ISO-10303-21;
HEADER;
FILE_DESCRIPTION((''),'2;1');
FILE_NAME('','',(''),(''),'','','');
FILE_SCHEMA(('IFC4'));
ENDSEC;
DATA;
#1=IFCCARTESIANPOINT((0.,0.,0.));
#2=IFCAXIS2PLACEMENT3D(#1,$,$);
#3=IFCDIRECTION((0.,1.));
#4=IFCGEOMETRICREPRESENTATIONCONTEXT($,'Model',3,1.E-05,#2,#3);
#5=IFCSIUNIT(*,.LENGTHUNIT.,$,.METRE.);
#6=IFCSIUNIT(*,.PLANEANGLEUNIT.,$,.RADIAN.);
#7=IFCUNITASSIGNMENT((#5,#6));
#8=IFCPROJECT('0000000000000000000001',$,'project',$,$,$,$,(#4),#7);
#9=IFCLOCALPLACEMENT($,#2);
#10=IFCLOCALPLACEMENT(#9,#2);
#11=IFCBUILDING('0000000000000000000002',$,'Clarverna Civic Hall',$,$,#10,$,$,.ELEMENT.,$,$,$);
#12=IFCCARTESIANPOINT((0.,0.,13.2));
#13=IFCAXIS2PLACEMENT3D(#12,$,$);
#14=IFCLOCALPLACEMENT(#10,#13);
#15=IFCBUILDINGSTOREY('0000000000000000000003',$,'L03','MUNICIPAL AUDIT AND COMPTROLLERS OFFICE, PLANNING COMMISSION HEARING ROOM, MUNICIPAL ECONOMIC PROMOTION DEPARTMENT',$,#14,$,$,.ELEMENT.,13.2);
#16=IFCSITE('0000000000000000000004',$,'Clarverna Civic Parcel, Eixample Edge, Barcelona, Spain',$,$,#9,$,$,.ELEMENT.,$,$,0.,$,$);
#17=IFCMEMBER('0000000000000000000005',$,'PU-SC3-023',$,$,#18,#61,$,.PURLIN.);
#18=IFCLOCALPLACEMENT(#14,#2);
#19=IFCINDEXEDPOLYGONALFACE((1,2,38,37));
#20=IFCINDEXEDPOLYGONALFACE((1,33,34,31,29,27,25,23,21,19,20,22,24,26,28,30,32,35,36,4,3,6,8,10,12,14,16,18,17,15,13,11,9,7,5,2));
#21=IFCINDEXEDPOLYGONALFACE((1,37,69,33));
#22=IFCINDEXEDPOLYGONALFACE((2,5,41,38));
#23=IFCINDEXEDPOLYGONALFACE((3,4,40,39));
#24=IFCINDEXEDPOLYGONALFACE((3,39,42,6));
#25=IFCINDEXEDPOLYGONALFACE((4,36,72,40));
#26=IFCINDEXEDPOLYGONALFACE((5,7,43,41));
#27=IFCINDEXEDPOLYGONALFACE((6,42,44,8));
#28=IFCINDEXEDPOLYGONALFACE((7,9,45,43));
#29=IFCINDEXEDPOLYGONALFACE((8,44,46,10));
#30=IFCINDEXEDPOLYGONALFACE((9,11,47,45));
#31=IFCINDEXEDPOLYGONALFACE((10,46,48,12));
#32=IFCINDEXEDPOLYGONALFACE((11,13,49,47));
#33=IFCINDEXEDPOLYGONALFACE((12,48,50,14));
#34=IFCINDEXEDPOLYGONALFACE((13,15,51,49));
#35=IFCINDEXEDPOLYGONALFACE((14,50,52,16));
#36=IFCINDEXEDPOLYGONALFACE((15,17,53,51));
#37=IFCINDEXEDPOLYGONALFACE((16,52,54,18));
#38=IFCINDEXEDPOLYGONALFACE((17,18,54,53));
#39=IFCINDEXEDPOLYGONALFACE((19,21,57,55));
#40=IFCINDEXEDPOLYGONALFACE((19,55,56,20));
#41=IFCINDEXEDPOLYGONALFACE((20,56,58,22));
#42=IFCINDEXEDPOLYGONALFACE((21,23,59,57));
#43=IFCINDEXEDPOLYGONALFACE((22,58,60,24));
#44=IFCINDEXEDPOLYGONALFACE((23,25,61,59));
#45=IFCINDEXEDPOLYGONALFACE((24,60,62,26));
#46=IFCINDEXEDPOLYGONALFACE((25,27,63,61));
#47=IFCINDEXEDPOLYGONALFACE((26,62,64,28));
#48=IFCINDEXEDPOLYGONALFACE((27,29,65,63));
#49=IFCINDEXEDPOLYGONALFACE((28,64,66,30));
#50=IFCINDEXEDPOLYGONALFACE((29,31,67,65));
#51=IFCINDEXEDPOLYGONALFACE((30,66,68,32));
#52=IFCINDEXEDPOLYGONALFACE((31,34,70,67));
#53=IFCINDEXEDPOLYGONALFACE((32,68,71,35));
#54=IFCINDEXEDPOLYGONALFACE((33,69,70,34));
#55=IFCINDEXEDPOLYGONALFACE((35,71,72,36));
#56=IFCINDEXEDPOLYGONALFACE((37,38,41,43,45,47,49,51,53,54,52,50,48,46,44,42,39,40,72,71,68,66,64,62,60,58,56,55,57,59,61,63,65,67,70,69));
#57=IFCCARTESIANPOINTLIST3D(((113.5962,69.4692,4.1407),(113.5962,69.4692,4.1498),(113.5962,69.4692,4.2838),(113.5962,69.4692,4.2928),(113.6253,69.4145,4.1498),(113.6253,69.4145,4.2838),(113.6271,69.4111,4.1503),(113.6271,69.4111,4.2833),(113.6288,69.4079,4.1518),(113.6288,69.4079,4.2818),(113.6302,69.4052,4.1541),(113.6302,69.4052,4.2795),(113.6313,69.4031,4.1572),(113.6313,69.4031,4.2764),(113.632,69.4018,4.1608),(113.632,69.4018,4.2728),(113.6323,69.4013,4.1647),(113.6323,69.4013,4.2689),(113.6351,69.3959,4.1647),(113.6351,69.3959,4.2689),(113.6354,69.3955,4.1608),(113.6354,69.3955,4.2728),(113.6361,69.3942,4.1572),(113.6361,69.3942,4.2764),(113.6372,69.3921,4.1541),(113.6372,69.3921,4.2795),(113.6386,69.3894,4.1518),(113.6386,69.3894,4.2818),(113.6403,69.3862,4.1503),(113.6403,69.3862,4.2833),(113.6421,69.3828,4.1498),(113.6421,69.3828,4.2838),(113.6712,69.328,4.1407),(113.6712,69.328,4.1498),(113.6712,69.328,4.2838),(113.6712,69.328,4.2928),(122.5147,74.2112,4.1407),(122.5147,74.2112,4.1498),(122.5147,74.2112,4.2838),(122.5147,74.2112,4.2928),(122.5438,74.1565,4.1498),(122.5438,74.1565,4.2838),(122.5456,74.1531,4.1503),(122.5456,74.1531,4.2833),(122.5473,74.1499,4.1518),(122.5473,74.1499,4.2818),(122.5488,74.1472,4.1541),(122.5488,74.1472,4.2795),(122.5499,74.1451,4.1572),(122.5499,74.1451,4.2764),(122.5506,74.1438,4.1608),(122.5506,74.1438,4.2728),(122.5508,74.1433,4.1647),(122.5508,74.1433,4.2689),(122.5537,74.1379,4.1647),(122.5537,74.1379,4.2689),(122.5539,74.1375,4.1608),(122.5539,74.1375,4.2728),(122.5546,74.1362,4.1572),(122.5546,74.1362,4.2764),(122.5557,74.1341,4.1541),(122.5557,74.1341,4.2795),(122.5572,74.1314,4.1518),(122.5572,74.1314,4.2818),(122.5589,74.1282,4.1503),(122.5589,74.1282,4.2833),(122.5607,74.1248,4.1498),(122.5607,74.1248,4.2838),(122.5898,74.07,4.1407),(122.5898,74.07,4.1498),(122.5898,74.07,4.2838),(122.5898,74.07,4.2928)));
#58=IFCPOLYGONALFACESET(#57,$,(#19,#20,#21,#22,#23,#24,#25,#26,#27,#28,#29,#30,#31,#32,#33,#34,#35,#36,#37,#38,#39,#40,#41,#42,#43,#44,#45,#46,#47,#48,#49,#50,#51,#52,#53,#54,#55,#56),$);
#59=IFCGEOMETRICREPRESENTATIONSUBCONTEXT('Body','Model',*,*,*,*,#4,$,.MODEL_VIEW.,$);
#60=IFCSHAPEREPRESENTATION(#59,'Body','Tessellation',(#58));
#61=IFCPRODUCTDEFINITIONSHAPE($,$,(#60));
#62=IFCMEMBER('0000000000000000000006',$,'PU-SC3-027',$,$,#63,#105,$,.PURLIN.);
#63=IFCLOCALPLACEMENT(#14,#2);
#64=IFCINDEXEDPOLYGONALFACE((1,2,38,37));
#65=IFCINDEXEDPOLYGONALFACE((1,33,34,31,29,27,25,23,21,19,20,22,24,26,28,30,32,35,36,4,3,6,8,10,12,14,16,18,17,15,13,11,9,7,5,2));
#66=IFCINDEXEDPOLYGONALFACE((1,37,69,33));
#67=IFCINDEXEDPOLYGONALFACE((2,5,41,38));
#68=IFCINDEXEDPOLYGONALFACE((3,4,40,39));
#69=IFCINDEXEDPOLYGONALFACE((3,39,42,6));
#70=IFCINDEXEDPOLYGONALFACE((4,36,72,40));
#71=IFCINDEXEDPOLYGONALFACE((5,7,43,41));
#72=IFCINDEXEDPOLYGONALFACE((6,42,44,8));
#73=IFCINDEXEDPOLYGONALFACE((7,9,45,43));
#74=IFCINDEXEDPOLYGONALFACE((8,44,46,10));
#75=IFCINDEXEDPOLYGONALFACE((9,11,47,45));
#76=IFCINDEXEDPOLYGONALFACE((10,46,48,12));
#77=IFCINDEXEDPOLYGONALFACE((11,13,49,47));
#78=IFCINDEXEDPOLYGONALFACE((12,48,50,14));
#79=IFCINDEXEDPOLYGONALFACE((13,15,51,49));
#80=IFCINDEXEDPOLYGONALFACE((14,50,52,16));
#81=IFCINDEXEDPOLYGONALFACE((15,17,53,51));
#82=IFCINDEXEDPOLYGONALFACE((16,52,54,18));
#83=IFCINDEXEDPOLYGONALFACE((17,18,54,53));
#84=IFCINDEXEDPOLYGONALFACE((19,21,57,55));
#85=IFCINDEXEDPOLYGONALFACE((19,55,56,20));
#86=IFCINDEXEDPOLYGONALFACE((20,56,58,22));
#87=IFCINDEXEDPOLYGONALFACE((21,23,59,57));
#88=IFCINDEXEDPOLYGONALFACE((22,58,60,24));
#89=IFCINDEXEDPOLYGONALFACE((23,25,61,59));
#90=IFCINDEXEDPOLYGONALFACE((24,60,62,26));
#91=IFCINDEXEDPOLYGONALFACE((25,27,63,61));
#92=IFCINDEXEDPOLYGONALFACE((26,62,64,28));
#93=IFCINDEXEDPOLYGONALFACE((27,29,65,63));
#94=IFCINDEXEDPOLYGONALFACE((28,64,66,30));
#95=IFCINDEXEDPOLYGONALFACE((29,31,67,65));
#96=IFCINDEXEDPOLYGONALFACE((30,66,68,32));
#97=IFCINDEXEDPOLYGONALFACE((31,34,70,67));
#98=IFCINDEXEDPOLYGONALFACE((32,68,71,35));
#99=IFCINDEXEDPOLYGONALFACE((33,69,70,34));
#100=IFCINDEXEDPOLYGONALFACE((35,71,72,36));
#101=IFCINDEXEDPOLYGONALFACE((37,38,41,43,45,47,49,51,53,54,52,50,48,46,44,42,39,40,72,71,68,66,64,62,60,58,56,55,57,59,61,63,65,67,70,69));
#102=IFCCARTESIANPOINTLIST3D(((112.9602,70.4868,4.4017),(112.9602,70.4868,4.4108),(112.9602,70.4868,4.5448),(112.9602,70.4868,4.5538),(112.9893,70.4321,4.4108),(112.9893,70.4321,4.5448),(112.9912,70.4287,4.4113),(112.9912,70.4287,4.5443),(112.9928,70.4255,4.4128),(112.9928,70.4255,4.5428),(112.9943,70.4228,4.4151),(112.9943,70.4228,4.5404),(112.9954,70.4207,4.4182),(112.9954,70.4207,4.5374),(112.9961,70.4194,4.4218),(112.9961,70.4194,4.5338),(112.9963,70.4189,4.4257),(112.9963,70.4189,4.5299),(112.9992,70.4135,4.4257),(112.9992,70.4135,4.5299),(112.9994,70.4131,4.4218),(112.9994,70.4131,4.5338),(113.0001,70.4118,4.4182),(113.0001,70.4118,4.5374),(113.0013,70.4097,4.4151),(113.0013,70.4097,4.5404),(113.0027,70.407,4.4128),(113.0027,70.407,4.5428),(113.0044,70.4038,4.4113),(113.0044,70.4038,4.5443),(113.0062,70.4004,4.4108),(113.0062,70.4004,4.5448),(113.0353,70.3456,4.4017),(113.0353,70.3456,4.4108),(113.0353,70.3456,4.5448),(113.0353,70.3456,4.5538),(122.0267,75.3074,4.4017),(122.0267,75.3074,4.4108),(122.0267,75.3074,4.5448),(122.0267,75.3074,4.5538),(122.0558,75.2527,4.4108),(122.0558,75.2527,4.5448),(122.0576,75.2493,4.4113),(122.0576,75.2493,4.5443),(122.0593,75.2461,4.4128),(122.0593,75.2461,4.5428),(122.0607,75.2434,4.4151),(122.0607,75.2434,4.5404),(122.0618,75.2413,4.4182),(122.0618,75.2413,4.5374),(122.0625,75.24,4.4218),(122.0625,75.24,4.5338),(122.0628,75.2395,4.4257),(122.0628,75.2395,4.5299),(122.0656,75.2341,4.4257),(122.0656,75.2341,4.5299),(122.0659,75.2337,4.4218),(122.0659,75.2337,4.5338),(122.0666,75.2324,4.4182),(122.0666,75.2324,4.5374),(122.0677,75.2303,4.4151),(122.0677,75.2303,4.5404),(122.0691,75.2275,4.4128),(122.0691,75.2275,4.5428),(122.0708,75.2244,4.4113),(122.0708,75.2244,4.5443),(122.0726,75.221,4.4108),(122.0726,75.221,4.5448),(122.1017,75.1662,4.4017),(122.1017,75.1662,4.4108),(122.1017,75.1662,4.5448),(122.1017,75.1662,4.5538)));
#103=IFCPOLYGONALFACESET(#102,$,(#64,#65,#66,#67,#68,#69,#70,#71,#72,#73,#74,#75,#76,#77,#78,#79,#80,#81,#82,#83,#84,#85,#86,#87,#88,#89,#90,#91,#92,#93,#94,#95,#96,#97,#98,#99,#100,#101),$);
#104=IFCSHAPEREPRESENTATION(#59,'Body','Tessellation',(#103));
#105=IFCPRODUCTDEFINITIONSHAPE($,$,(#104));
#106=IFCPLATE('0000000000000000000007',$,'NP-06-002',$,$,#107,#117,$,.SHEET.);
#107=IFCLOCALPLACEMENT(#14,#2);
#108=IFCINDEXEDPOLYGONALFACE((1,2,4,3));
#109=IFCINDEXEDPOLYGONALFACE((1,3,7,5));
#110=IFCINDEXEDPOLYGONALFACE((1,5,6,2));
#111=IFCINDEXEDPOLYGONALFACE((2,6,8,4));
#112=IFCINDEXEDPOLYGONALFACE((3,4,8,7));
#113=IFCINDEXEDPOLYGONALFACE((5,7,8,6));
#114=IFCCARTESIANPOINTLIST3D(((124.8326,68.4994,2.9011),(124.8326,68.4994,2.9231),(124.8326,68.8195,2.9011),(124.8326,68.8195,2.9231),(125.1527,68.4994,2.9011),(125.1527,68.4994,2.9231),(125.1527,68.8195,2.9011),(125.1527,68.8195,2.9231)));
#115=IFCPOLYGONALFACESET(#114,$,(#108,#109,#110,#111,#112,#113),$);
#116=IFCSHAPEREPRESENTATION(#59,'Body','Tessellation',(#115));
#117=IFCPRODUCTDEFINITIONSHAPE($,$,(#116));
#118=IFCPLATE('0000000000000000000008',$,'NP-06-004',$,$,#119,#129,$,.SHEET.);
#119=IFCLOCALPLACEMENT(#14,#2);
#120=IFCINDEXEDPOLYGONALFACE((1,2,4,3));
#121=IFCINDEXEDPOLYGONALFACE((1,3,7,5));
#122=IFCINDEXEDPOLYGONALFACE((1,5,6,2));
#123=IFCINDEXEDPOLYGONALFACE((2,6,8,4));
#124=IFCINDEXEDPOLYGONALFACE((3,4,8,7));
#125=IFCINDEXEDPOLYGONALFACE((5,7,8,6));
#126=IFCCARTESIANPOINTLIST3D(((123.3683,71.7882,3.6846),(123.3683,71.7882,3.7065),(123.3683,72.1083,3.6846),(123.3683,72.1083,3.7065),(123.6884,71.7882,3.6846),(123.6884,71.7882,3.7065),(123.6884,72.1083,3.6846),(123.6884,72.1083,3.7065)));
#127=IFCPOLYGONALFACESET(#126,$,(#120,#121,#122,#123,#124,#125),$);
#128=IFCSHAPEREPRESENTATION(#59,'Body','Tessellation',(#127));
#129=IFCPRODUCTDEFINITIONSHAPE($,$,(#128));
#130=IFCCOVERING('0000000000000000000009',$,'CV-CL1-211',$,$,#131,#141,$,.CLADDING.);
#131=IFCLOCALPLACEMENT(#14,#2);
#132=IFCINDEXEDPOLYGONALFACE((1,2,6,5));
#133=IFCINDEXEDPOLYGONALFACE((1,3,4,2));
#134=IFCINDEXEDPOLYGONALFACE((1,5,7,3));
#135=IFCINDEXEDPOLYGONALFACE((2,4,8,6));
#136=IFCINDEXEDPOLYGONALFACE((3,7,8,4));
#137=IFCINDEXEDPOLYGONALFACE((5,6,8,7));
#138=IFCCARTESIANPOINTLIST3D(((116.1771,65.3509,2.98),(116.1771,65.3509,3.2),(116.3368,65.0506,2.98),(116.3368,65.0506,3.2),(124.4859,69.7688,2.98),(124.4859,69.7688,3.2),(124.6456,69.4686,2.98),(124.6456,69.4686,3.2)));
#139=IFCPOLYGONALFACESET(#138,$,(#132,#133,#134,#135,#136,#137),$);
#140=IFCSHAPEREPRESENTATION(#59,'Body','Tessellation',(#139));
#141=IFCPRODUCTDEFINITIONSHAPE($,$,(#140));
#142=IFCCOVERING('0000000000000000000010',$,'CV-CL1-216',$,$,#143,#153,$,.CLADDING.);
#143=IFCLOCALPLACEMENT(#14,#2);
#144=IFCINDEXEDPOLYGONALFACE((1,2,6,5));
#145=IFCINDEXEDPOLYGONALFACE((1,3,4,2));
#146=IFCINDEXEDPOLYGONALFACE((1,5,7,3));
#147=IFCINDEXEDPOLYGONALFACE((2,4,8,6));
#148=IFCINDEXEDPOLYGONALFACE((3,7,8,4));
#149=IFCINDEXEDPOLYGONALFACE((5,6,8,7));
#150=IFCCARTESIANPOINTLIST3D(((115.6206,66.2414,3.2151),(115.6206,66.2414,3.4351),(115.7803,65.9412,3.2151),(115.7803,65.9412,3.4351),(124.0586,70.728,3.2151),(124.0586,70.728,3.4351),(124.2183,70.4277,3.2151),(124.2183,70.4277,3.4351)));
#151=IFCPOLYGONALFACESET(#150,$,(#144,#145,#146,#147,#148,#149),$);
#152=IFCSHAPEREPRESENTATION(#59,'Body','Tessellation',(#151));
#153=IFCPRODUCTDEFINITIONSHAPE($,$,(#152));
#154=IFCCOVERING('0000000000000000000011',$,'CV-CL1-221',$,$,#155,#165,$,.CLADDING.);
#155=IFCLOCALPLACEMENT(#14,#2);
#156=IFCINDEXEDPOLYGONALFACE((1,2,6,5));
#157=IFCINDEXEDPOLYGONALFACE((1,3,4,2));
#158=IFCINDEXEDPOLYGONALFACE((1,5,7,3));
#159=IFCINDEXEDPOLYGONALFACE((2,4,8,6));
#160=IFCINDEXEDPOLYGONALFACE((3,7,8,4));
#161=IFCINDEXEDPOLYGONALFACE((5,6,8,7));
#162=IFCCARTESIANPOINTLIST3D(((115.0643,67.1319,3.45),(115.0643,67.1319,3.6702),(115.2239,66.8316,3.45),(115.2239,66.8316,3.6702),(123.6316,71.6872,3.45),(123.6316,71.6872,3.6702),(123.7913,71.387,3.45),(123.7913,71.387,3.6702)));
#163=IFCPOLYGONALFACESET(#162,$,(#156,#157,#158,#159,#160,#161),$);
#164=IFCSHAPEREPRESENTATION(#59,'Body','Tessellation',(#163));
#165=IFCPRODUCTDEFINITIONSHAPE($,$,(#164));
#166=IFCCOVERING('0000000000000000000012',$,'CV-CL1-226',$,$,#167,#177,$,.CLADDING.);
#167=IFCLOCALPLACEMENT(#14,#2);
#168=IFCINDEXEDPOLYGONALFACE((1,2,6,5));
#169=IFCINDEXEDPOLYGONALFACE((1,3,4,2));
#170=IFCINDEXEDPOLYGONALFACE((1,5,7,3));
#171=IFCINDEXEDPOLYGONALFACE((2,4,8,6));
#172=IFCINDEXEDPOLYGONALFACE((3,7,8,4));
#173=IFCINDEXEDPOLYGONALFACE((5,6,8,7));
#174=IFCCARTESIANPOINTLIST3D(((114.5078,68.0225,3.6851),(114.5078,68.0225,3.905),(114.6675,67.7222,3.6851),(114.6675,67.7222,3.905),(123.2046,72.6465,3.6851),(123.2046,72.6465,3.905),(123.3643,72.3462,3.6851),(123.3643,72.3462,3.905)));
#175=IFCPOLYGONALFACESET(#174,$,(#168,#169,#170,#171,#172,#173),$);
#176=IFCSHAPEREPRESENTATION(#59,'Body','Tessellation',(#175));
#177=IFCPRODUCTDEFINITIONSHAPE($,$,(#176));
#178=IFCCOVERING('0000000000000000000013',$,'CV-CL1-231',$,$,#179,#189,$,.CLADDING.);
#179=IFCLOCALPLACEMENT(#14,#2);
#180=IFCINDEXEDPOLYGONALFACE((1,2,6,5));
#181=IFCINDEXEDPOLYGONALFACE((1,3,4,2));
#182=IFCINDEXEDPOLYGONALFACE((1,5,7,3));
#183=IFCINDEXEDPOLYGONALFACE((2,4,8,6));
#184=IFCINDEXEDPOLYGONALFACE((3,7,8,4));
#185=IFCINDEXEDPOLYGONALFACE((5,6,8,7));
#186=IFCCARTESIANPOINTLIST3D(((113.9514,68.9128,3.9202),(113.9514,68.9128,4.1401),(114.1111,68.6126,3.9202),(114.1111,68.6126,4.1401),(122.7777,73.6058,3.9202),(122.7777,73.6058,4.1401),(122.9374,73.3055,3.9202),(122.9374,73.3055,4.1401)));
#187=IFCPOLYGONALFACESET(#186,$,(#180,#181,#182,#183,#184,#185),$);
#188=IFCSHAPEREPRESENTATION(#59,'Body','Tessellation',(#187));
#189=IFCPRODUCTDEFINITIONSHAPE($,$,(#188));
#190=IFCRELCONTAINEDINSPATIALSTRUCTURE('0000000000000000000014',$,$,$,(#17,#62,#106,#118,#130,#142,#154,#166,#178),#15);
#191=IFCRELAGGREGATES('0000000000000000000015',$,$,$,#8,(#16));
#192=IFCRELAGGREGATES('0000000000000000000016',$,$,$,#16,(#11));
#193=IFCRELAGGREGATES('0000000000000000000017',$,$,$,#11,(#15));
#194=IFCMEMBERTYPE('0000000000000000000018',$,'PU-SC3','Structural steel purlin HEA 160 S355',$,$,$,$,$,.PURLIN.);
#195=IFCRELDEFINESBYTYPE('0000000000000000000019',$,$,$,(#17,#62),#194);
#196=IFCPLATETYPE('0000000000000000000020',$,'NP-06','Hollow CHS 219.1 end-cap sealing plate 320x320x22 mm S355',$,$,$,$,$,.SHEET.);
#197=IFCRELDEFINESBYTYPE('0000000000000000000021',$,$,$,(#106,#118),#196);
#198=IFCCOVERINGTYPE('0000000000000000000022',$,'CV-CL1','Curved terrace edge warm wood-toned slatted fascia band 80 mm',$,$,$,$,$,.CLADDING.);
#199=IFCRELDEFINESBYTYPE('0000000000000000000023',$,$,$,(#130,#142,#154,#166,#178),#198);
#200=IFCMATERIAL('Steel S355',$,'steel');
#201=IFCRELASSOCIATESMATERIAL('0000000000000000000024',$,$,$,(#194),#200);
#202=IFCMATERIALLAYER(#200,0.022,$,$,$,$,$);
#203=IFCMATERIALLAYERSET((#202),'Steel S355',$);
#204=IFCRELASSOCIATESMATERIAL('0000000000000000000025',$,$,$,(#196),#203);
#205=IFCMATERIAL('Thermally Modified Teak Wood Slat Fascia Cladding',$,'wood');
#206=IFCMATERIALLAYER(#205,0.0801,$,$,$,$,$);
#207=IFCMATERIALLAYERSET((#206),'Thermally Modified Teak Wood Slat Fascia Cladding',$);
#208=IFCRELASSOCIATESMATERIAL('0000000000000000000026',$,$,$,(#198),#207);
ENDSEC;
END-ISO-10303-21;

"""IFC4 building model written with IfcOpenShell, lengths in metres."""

from ifc_helpers import new_model, si_unit, direction, frame, frame_2d, origin, origin_2d, place, context, subcontext, project, spatial, rectangle, i_section, extrude, material, layer, layer_set, material_profile, profile_set, type_object, element, save


model = new_model("IFC4")

# Units and contexts
model_context = context("Model", 3, precision=1e-05, world=origin(), true_north=direction((0.0, 1.0)))
body_context = subcontext(model_context, "Body", "Model", "MODEL_VIEW")
ifc_project = project(units=[si_unit("LENGTHUNIT", "METRE"), si_unit("PLANEANGLEUNIT", "RADIAN")], contexts=[model_context])

# Site, building, storey
site_placement = place(None, origin())
site = spatial("IfcSite", under=ifc_project, at=site_placement, Name="Clarverna Civic Parcel, Eixample Edge, Barcelona, Spain", CompositionType="ELEMENT", RefElevation=0.0)
building_placement = place(site_placement, origin())
building = spatial("IfcBuilding", under=site, at=building_placement, Name="Clarverna Civic Hall", CompositionType="ELEMENT")
storey_placement = place(building_placement, frame((0.0, 0.0, 13.2)))
storey = spatial("IfcBuildingStorey", under=building, at=storey_placement, Name="L03", Description="MUNICIPAL AUDIT AND COMPTROLLERS OFFICE, PLANNING COMMISSION HEARING ROOM, MUNICIPAL ECONOMIC PROMOTION DEPARTMENT", CompositionType="ELEMENT", Elevation=13.2)

# Members
ifc_material_1 = material(Name="Steel S355", Category="steel")
ifc_material_profile = material_profile(ifc_material_1, i_section(OverallWidth=0.1599, OverallDepth=0.1521, WebThickness=0.0061, FlangeThickness=0.009, FilletRadius=0.0149, at=origin_2d()), Name="HEA 160")
ifc_profile_set = profile_set([ifc_material_profile], Name="Steel S355")
member_type = type_object("IfcMemberType", Name="PU-SC3", Description="Structural steel purlin HEA 160 S355", PredefinedType="PURLIN", material=ifc_profile_set)
member_1_placement = place(storey_placement, frame((122.5522, 74.1406, 4.2168), z_axis=(-0.882951, -0.469465, 0.0), x_axis=(0.469465, -0.882951, 0.0)))
element("IfcMember", 1, at=member_1_placement, inside=storey, type_object=member_type, Name="PU-SC3-023", PredefinedType="PURLIN", context=body_context, shape_type="SweptSolid", body=[
    extrude(i_section(OverallWidth=0.1599, OverallDepth=0.1521, WebThickness=0.0061, FlangeThickness=0.009, FilletRadius=0.0149, at=origin_2d()), origin(), (0.0, 0.0, 1.0), 10.1008),
])
member_2_placement = place(storey_placement, frame((122.0642, 75.2368, 4.4778), z_axis=(-0.882953, -0.469461, 0.0), x_axis=(0.469461, -0.882953, 0.0)))
element("IfcMember", 2, at=member_2_placement, inside=storey, type_object=member_type, Name="PU-SC3-027", PredefinedType="PURLIN", context=body_context, shape_type="SweptSolid", body=[
    extrude(i_section(OverallWidth=0.1599, OverallDepth=0.1521, WebThickness=0.0061, FlangeThickness=0.009, FilletRadius=0.0149, at=origin_2d()), origin(), (0.0, 0.0, 1.0), 10.2683),
])

# Plates
ifc_layer_1 = layer(ifc_material_1, 0.022)
ifc_layer_set_1 = layer_set([ifc_layer_1], Name="Steel S355")
plate_type = type_object("IfcPlateType", Name="NP-06", Description="Hollow CHS 219.1 end-cap sealing plate 320x320x22 mm S355", PredefinedType="SHEET", material=ifc_layer_set_1)
for number, where, z_axis, x_axis, name in (
    (3, (124.9927, 68.6594, 2.9011), (0.0, 0.0, 1.0), (1.0, 0.0, 0.0), "NP-06-002"),
    (4, (123.5283, 71.9482, 3.6846), (0.0, 0.0, 1.0), (1.0, 0.0, 0.0), "NP-06-004"),
):
    element("IfcPlate", number, at=place(storey_placement, frame(where, z_axis=z_axis, x_axis=x_axis)), inside=storey, type_object=plate_type, Name=name, PredefinedType="SHEET", context=body_context, shape_type="SweptSolid", body=[
        extrude(rectangle(XDim=0.3201, YDim=0.3201, at=origin_2d()), origin(), (0.0, 0.0, 1.0), 0.022),
    ])

# Coverings
ifc_material_2 = material(Name="Thermally Modified Teak Wood Slat Fascia Cladding", Category="wood")
ifc_layer_2 = layer(ifc_material_2, 0.0801)
ifc_layer_set_2 = layer_set([ifc_layer_2], Name="Thermally Modified Teak Wood Slat Fascia Cladding")
covering_type = type_object("IfcCoveringType", Name="CV-CL1", Description="Curved terrace edge warm wood-toned slatted fascia band 80 mm", PredefinedType="CLADDING", material=ifc_layer_set_2)
covering_1_placement = place(storey_placement, frame((124.5657, 69.6187, 2.98), z_axis=(0.0, 0.0, 1.0), x_axis=(-0.882944, -0.469478, 0.0)))
element("IfcCovering", 5, at=covering_1_placement, inside=storey, type_object=covering_type, Name="CV-CL1-211", PredefinedType="CLADDING", context=body_context, shape_type="SweptSolid", body=[
    extrude(rectangle(XDim=9.4104, YDim=0.3401, at=frame_2d((4.7051, 0.0))), origin(), (0.0, 0.0, 1.0), 0.22),
])
covering_2_placement = place(storey_placement, frame((124.1384, 70.5779, 3.2151), z_axis=(0.0, 0.0, 1.0), x_axis=(-0.882947, -0.469473, 0.0)))
element("IfcCovering", 6, at=covering_2_placement, inside=storey, type_object=covering_type, Name="CV-CL1-216", PredefinedType="CLADDING", context=body_context, shape_type="SweptSolid", body=[
    extrude(rectangle(XDim=9.5566, YDim=0.3401, at=frame_2d((4.7783, 0.0))), origin(), (0.0, 0.0, 1.0), 0.22),
])
covering_3_placement = place(storey_placement, frame((123.7114, 71.5371, 3.45), z_axis=(0.0, 0.0, 1.0), x_axis=(-0.882945, -0.469477, 0.0)))
element("IfcCovering", 7, at=covering_3_placement, inside=storey, type_object=covering_type, Name="CV-CL1-221", PredefinedType="CLADDING", context=body_context, shape_type="SweptSolid", body=[
    extrude(rectangle(XDim=9.7031, YDim=0.3401, at=frame_2d((4.8516, 0.0))), origin(), (0.0, 0.0, 1.0), 0.2202),
])
covering_4_placement = place(storey_placement, frame((123.2844, 72.4963, 3.6851), z_axis=(0.0, 0.0, 1.0), x_axis=(-0.882953, -0.469461, 0.0)))
element("IfcCovering", 8, at=covering_4_placement, inside=storey, type_object=covering_type, Name="CV-CL1-226", PredefinedType="CLADDING", context=body_context, shape_type="SweptSolid", body=[
    extrude(rectangle(XDim=9.8496, YDim=0.3401, at=frame_2d((4.9248, 0.0))), origin(), (0.0, 0.0, 1.0), 0.22),
])
covering_5_placement = place(storey_placement, frame((122.8574, 73.4556, 3.9202), z_axis=(0.0, 0.0, 1.0), x_axis=(-0.882951, -0.469465, 0.0)))
element("IfcCovering", 9, at=covering_5_placement, inside=storey, type_object=covering_type, Name="CV-CL1-231", PredefinedType="CLADDING", context=body_context, shape_type="SweptSolid", body=[
    extrude(rectangle(XDim=9.9963, YDim=0.3401, at=frame_2d((4.998, 0.0))), origin(), (0.0, 0.0, 1.0), 0.22),
])

save(model, "model.ifc")
